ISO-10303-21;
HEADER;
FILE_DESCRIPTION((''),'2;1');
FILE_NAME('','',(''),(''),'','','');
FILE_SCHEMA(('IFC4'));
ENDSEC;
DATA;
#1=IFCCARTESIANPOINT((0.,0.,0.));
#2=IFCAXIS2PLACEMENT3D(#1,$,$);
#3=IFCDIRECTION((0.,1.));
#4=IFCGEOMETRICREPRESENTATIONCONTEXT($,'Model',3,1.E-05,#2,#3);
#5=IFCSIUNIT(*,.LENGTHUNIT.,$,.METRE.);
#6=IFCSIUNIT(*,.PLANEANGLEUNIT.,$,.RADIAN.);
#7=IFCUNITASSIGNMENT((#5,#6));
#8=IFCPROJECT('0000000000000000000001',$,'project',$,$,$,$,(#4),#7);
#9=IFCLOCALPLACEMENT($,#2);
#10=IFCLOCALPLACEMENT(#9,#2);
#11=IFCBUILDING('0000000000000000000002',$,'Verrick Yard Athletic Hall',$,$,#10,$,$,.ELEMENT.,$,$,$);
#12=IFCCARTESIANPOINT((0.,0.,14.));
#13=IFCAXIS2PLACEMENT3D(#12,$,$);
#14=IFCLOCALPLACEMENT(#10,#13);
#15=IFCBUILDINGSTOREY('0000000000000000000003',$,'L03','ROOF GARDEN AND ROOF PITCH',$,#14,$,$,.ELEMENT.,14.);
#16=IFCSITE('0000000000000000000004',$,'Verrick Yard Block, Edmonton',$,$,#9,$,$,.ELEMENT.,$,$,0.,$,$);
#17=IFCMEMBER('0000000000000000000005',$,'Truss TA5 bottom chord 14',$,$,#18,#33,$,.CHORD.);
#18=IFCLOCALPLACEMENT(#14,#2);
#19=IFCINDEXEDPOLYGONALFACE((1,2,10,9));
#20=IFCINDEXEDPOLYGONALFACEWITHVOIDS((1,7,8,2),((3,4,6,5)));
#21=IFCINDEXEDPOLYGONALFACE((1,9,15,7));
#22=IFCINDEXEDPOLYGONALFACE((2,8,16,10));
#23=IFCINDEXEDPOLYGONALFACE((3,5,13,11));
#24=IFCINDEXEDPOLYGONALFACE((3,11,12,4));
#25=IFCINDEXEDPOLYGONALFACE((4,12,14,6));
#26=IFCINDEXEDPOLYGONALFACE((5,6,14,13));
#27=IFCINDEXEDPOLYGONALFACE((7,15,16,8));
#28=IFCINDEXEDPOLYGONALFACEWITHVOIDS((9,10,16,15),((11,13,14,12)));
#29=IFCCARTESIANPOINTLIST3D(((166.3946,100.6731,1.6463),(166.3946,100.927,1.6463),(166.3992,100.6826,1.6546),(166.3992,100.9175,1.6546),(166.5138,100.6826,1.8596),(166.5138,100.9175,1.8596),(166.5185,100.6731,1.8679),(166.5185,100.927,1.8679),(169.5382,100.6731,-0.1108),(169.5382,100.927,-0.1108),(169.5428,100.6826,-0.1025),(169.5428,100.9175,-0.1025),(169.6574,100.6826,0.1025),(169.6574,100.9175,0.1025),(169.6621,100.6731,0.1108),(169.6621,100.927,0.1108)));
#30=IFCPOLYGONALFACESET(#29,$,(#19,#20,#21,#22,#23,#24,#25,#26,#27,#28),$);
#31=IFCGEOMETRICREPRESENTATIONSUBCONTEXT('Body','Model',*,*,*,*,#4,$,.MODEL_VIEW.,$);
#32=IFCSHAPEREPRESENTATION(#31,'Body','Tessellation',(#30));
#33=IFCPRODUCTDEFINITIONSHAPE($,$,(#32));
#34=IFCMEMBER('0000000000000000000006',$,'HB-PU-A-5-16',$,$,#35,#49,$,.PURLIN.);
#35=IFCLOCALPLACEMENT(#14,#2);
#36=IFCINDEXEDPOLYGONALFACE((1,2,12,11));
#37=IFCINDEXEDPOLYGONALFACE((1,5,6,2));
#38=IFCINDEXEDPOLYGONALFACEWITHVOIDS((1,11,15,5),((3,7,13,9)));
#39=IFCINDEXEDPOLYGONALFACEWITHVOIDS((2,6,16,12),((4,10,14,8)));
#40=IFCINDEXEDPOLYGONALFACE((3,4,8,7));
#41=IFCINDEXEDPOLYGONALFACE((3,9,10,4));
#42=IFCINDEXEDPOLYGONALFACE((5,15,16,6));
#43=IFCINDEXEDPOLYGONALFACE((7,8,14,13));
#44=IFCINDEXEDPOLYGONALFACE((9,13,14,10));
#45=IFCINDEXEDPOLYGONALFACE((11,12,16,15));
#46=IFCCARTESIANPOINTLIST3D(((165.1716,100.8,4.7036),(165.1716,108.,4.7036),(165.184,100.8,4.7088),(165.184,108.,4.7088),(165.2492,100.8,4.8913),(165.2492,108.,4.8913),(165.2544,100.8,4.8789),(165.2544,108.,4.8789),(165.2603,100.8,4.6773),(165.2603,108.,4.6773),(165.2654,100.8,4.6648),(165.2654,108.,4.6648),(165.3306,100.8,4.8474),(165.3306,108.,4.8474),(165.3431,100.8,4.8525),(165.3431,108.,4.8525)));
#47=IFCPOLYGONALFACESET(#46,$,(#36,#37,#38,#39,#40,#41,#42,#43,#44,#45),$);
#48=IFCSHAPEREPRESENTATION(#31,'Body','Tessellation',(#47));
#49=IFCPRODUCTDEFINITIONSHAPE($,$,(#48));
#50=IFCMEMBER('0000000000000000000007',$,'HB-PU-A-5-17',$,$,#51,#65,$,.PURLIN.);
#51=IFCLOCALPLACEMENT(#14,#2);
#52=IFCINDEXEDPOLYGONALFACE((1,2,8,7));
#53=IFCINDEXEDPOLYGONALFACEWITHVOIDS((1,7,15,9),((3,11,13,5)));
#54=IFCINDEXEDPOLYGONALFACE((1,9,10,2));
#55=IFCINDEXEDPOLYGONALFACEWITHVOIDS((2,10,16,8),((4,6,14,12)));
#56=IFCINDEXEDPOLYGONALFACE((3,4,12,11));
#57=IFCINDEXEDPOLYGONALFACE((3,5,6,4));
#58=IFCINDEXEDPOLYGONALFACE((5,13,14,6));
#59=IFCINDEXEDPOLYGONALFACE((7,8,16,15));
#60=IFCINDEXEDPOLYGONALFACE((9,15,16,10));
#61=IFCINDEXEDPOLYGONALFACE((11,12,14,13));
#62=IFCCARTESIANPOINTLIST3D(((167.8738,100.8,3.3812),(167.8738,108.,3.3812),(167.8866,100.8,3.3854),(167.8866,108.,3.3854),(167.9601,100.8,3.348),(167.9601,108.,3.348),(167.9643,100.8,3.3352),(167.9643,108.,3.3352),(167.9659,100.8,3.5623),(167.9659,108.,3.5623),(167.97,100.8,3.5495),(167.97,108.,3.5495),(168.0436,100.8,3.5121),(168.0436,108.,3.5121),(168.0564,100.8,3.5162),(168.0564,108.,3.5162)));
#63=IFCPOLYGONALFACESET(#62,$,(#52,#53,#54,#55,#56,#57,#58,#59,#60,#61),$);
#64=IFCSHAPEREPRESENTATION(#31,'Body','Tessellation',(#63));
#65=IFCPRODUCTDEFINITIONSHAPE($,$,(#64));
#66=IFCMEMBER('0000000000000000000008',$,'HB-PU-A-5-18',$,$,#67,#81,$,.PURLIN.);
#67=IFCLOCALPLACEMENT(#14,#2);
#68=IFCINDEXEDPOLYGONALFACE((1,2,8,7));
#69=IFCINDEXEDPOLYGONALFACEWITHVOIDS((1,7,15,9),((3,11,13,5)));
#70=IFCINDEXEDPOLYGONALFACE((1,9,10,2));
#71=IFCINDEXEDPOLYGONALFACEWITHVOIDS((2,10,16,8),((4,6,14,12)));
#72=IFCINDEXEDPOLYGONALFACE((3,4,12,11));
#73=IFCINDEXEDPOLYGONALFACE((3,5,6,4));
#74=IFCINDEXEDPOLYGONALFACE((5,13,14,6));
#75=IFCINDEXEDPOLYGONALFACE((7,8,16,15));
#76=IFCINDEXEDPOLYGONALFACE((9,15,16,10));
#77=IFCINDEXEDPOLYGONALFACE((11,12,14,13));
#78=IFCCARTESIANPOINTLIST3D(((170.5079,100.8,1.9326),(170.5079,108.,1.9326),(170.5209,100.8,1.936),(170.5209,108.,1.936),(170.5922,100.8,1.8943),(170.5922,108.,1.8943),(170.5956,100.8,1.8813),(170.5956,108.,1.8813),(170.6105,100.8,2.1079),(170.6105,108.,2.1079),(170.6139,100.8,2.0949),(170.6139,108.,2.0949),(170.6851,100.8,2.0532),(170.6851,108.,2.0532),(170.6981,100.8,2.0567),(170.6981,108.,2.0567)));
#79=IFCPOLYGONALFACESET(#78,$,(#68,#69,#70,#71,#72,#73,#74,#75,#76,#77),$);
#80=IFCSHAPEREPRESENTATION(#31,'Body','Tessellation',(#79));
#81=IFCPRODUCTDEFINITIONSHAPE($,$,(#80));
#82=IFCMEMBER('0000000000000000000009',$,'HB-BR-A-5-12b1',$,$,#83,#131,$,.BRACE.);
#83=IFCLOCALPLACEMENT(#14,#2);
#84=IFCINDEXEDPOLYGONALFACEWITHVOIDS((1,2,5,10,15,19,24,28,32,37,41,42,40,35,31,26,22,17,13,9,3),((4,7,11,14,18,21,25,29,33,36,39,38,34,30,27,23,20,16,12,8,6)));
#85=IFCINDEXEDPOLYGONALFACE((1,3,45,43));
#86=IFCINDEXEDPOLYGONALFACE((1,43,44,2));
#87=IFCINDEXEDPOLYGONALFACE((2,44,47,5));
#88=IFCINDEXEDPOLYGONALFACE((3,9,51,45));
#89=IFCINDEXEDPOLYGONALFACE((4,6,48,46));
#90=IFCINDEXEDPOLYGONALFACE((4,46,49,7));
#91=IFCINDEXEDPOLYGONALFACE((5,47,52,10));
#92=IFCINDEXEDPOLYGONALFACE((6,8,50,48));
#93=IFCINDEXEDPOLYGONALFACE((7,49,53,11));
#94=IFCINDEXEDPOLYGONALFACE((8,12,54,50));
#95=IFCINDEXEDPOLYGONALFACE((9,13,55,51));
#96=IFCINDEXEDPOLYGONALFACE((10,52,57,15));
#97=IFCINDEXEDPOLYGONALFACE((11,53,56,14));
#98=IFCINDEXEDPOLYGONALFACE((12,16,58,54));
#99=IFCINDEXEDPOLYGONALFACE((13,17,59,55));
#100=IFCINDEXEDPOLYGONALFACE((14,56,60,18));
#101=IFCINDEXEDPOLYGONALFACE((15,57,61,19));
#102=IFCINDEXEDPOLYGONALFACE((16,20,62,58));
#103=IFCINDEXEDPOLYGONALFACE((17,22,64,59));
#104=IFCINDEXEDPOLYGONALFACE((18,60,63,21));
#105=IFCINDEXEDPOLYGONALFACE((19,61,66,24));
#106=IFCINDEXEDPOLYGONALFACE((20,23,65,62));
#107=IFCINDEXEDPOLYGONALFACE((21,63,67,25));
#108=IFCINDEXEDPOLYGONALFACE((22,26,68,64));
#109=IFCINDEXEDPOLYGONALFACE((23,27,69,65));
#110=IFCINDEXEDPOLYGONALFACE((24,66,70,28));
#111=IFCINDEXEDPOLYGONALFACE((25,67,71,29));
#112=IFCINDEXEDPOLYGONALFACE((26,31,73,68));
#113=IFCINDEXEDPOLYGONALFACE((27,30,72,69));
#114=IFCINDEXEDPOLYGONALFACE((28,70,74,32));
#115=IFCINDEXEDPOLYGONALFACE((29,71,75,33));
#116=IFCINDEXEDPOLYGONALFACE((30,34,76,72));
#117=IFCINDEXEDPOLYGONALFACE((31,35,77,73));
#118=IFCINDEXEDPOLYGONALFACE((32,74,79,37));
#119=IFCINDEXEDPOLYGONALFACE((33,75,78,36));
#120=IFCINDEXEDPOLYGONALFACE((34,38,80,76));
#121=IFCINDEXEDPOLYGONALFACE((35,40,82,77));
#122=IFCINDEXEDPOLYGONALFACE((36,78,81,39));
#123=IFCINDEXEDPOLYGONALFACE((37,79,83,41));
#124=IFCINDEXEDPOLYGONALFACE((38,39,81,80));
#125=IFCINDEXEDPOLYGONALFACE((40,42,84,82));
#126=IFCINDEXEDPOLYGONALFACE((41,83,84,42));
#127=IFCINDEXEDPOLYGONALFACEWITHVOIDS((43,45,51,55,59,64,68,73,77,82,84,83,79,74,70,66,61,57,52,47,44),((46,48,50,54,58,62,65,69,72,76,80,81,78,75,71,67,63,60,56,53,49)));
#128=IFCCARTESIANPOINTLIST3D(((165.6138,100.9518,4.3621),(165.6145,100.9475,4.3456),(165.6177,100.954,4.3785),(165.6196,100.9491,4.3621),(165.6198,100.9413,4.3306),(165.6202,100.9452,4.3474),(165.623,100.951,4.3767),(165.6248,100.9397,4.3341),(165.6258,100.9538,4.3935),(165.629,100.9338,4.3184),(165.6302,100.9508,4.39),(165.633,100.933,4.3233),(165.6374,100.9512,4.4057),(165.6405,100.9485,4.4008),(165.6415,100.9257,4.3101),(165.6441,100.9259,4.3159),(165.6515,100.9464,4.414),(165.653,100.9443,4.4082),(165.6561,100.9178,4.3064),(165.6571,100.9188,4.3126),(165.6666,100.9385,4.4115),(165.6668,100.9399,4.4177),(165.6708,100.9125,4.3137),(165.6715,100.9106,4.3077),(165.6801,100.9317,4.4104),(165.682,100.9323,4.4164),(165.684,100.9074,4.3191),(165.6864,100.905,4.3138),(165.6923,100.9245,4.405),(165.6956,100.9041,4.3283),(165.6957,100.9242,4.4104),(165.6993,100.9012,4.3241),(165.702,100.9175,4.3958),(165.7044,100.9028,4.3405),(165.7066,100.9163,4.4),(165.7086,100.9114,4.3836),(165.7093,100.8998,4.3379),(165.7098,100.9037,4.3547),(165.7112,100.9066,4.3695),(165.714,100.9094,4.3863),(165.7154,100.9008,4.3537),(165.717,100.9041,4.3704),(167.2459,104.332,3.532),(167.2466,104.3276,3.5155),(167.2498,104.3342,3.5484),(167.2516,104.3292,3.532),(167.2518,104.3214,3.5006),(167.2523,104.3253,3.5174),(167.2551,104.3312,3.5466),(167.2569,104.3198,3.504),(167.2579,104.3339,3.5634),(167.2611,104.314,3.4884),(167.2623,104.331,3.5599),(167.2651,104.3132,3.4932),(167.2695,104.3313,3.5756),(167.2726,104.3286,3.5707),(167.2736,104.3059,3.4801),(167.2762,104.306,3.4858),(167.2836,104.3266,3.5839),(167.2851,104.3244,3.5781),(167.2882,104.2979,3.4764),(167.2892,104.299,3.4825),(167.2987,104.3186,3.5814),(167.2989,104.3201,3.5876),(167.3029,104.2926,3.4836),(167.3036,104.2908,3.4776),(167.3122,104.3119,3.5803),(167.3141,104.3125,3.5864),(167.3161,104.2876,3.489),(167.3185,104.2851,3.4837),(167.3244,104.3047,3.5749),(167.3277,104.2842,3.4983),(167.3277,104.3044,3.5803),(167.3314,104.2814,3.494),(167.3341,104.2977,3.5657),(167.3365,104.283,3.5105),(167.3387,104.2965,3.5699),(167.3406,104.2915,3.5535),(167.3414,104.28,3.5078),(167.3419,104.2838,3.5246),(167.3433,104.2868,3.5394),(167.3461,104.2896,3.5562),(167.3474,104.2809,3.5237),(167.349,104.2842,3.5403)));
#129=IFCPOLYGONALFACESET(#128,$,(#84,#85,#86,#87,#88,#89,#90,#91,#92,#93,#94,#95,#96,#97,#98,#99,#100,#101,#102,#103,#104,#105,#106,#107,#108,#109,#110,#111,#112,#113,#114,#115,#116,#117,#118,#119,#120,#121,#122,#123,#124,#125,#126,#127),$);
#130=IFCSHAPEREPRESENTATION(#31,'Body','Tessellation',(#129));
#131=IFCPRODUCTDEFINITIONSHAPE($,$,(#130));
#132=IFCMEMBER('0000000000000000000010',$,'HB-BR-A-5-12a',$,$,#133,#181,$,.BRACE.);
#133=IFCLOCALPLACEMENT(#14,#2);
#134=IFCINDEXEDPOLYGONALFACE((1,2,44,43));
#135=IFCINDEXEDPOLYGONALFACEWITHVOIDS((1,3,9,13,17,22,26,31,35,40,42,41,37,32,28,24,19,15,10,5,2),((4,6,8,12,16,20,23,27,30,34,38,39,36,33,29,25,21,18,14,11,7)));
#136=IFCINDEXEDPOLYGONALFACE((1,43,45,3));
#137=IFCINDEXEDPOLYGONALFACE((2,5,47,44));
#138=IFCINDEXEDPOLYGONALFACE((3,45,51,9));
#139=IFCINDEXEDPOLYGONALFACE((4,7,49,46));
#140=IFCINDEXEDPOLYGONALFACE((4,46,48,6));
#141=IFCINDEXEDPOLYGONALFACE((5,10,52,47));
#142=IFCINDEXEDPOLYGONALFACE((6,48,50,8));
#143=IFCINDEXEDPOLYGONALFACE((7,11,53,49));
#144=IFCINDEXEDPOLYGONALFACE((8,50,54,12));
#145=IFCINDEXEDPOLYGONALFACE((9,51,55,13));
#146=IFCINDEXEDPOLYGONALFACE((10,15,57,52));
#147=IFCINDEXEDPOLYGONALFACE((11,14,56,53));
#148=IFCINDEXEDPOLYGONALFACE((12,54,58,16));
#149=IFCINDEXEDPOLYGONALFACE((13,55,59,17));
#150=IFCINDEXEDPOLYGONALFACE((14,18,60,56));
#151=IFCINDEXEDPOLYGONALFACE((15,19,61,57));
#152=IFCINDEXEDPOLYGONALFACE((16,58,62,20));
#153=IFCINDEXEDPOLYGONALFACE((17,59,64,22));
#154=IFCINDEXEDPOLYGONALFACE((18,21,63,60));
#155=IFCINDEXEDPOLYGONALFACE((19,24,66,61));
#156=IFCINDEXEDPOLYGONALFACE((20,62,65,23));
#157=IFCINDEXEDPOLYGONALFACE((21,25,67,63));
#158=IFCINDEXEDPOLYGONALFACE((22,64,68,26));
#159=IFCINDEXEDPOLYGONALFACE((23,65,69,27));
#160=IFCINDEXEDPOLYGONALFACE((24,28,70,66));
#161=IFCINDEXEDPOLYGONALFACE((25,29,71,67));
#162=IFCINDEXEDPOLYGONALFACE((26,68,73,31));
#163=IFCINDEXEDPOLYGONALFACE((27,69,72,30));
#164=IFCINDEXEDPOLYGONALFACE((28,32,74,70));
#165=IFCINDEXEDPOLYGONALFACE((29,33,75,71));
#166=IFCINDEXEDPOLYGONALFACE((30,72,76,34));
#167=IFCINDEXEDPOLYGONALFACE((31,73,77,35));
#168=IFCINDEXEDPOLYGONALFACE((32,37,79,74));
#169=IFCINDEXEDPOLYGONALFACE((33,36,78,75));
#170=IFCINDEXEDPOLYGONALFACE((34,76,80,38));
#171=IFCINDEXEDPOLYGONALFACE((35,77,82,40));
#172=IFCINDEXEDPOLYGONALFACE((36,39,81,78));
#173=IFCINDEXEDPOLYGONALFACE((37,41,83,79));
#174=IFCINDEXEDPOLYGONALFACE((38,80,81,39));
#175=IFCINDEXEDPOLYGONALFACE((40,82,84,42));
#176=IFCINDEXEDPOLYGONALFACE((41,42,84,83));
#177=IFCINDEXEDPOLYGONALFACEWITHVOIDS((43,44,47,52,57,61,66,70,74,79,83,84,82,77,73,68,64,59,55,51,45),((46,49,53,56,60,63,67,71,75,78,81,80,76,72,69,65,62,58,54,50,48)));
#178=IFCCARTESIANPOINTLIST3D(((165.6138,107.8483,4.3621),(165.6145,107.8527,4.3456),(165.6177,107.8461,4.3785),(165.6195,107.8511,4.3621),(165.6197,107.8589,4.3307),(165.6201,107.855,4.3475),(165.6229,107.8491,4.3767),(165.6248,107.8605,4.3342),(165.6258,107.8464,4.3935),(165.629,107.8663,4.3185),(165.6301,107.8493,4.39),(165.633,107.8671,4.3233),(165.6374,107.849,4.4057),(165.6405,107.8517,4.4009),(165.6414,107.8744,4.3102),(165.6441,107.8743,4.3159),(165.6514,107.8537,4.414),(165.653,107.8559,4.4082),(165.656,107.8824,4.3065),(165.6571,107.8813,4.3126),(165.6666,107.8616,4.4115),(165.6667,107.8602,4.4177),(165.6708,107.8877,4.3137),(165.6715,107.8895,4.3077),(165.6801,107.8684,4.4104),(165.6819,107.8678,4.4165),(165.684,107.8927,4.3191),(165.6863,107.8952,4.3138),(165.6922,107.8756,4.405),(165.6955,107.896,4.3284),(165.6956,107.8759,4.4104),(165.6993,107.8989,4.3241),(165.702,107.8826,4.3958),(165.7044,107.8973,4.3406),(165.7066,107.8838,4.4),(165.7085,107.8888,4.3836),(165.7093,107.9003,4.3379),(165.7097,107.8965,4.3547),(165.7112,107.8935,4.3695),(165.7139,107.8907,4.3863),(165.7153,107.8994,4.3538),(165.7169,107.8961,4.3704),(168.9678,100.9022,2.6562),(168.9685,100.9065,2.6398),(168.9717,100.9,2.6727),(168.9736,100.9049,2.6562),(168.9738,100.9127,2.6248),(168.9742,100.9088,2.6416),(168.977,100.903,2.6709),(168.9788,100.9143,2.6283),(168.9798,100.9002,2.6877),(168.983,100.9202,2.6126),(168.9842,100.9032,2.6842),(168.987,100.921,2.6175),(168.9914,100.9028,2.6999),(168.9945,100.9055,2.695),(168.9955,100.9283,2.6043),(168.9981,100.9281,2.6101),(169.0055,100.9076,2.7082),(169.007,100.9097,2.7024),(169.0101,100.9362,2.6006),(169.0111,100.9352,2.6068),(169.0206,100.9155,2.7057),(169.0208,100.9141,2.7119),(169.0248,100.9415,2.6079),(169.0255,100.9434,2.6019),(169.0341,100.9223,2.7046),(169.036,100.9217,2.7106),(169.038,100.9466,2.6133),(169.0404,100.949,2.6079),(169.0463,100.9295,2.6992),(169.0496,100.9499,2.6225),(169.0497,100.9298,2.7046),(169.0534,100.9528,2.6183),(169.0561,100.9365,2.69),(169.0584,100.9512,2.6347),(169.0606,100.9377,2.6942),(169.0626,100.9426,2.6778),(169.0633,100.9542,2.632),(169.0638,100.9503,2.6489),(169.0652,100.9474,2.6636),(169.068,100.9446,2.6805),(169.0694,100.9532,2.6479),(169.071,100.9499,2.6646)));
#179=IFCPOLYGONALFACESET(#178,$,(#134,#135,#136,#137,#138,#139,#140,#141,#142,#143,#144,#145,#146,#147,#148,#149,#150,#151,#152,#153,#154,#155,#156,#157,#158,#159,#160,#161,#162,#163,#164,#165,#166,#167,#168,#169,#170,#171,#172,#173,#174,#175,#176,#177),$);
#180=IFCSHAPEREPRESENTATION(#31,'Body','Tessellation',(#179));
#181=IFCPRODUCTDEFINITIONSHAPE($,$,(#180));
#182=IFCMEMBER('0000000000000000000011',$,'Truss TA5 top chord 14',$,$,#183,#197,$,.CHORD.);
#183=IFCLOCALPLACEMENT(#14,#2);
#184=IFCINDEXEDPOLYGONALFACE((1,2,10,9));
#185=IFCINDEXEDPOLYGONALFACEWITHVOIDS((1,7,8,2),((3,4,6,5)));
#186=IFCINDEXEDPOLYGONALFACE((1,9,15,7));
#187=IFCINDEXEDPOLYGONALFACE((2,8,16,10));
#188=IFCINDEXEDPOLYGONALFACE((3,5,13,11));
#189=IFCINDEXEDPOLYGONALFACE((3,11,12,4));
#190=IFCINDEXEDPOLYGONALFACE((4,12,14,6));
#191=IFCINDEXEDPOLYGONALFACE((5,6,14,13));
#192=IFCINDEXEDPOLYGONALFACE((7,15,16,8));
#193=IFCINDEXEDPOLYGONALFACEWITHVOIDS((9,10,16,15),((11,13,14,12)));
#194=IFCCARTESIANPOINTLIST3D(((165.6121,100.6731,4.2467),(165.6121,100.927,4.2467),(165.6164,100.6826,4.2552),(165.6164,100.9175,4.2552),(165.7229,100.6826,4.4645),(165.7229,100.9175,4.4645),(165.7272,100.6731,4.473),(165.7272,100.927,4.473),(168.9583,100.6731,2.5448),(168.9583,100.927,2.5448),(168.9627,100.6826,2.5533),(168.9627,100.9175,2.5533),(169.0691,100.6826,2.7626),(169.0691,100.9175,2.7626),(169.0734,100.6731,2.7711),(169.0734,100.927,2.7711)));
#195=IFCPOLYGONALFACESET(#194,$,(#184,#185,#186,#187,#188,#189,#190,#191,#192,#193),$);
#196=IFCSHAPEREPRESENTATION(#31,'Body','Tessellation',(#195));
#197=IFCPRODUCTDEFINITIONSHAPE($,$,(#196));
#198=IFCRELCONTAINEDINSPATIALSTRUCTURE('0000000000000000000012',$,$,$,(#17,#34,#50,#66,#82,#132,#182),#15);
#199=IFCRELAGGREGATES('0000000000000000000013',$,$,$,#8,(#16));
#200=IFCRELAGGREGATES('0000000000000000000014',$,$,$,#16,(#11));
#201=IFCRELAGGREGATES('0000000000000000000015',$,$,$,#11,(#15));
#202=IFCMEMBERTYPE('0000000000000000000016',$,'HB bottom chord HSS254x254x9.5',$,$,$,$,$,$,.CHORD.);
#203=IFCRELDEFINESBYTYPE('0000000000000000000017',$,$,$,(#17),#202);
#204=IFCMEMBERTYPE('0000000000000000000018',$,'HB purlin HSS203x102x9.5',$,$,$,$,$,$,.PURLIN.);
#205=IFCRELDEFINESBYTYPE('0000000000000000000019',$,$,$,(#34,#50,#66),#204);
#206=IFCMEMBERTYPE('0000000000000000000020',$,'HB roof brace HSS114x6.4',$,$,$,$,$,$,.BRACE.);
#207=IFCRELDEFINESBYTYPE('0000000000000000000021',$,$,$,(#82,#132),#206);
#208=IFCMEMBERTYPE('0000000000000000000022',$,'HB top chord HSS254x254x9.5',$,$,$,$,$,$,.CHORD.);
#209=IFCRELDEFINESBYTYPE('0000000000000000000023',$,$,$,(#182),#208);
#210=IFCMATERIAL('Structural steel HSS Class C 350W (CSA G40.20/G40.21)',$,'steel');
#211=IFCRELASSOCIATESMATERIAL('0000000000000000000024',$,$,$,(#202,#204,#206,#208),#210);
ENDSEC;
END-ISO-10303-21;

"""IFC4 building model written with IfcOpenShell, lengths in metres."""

from ifc_helpers import new_model, si_unit, direction, frame, origin, origin_2d, place, context, subcontext, project, spatial, hollow_rectangle, hollow_circle, extrude, material, material_profile, profile_set, type_object, element, save


model = new_model("IFC4")

# Units and contexts
model_context = context("Model", 3, precision=1e-05, world=origin(), true_north=direction((0.0, 1.0)))
body_context = subcontext(model_context, "Body", "Model", "MODEL_VIEW")
ifc_project = project(units=[si_unit("LENGTHUNIT", "METRE"), si_unit("PLANEANGLEUNIT", "RADIAN")], contexts=[model_context])

# Site, building, storey
site_placement = place(None, origin())
site = spatial("IfcSite", under=ifc_project, at=site_placement, Name="Verrick Yard Block, Edmonton", CompositionType="ELEMENT", RefElevation=0.0)
building_placement = place(site_placement, origin())
building = spatial("IfcBuilding", under=site, at=building_placement, Name="Verrick Yard Athletic Hall", CompositionType="ELEMENT")
storey_placement = place(building_placement, frame((0.0, 0.0, 14.0)))
storey = spatial("IfcBuildingStorey", under=building, at=storey_placement, Name="L03", Description="ROOF GARDEN AND ROOF PITCH", CompositionType="ELEMENT", Elevation=14.0)

# Members
ifc_material_1 = material(Name="Structural steel HSS Class C 350W (CSA G40.20/G40.21)", Category="steel")
ifc_material_profile_1 = material_profile(ifc_material_1, hollow_rectangle(XDim=0.2539, YDim=0.2539, WallThickness=0.0095, at=origin_2d()), Name="HSS254x254x9.5")
ifc_profile_set_1 = profile_set([ifc_material_profile_1], Name="Structural steel HSS Class C 350W (CSA G40.20/G40.21)")
member_type_1 = type_object("IfcMemberType", Name="HB bottom chord HSS254x254x9.5", PredefinedType="CHORD", material=ifc_profile_set_1)
member_1_placement = place(storey_placement, frame((166.4565, 100.8, 1.7571), z_axis=(0.872898, 0.0, -0.487903), x_axis=(0.0, 1.0, 0.0)))
element("IfcMember", 1, at=member_1_placement, inside=storey, type_object=member_type_1, Name="Truss TA5 bottom chord 14", PredefinedType="CHORD", context=body_context, shape_type="SweptSolid", body=[
    extrude(hollow_rectangle(XDim=0.2539, YDim=0.2539, WallThickness=0.0095, at=origin_2d()), origin(), (0.0, 0.0, 1.0), 3.6013),
])
ifc_material_profile_2 = material_profile(ifc_material_1, hollow_rectangle(XDim=0.1016, YDim=0.2031, WallThickness=0.0095, at=origin_2d()), Name="HSS203x102x9.5")
ifc_profile_set_2 = profile_set([ifc_material_profile_2], Name="Structural steel HSS Class C 350W (CSA G40.20/G40.21)")
member_type_2 = type_object("IfcMemberType", Name="HB purlin HSS203x102x9.5", PredefinedType="PURLIN", material=ifc_profile_set_2)
for number, where, z_axis, x_axis, name in (
    (2, (165.2573, 100.8, 4.7781), (0.0, 1.0, 0.0), (-0.924123, 0.0, 0.382096), "HB-PU-A-5-16"),
    (3, (167.9651, 100.8, 3.4487), (0.0, 1.0, 0.0), (-0.891353, 0.0, 0.45331), "HB-PU-A-5-17"),
    (4, (170.603, 100.8, 1.9946), (0.0, 1.0, 0.0), (-0.863168, 0.0, 0.504917), "HB-PU-A-5-18"),
):
    element("IfcMember", number, at=place(storey_placement, frame(where, z_axis=z_axis, x_axis=x_axis)), inside=storey, type_object=member_type_2, Name=name, PredefinedType="PURLIN", context=body_context, shape_type="SweptSolid", body=[
        extrude(hollow_rectangle(XDim=0.1016, YDim=0.2031, WallThickness=0.0095, at=origin_2d()), origin(), (0.0, 0.0, 1.0), 7.2),
    ])
ifc_material_profile_3 = material_profile(ifc_material_1, hollow_circle(Radius=0.0571, WallThickness=0.0063, at=origin_2d()), Name="HSS114x6.4")
ifc_profile_set_3 = profile_set([ifc_material_profile_3], Name="Structural steel HSS Class C 350W (CSA G40.20/G40.21)")
member_type_3 = type_object("IfcMemberType", Name="HB roof brace HSS114x6.4", PredefinedType="BRACE", material=ifc_profile_set_3)
member_2_placement = place(storey_placement, frame((165.6653, 100.927, 4.3621), z_axis=(0.424555, 0.879277, -0.215929), x_axis=(-0.900521, 0.434813, 0.0)))
element("IfcMember", 5, at=member_2_placement, inside=storey, type_object=member_type_3, Name="HB-BR-A-5-12b1", PredefinedType="BRACE", context=body_context, shape_type="SweptSolid", body=[
    extrude(hollow_circle(Radius=0.0571, WallThickness=0.0063, at=origin_2d()), origin(), (0.0, 0.0, 1.0), 3.8442),
])
member_3_placement = place(storey_placement, frame((169.0193, 100.927, 2.6562), z_axis=(-0.424569, 0.87927, 0.215931), x_axis=(-0.900514, -0.434827, 0.0)))
element("IfcMember", 6, at=member_3_placement, inside=storey, type_object=member_type_3, Name="HB-BR-A-5-12a", PredefinedType="BRACE", context=body_context, shape_type="SweptSolid", body=[
    extrude(hollow_circle(Radius=0.0571, WallThickness=0.0063, at=origin_2d()), origin(), (0.0, 0.0, 1.0), 7.8999),
])
ifc_material_profile_4 = material_profile(ifc_material_1, hollow_rectangle(XDim=0.2539, YDim=0.2539, WallThickness=0.0095, at=origin_2d()), Name="HSS254x254x9.5")
ifc_profile_set_4 = profile_set([ifc_material_profile_4], Name="Structural steel HSS Class C 350W (CSA G40.20/G40.21)")
member_type_4 = type_object("IfcMemberType", Name="HB top chord HSS254x254x9.5", PredefinedType="CHORD", material=ifc_profile_set_4)
member_4_placement = place(storey_placement, frame((165.6697, 100.8, 4.3599), z_axis=(0.891337, 0.0, -0.453342), x_axis=(0.0, 1.0, 0.0)))
element("IfcMember", 7, at=member_4_placement, inside=storey, type_object=member_type_4, Name="Truss TA5 top chord 14", PredefinedType="CHORD", context=body_context, shape_type="SweptSolid", body=[
    extrude(hollow_rectangle(XDim=0.2539, YDim=0.2539, WallThickness=0.0095, at=origin_2d()), origin(), (0.0, 0.0, 1.0), 3.7542),
])

save(model, "model.ifc")
